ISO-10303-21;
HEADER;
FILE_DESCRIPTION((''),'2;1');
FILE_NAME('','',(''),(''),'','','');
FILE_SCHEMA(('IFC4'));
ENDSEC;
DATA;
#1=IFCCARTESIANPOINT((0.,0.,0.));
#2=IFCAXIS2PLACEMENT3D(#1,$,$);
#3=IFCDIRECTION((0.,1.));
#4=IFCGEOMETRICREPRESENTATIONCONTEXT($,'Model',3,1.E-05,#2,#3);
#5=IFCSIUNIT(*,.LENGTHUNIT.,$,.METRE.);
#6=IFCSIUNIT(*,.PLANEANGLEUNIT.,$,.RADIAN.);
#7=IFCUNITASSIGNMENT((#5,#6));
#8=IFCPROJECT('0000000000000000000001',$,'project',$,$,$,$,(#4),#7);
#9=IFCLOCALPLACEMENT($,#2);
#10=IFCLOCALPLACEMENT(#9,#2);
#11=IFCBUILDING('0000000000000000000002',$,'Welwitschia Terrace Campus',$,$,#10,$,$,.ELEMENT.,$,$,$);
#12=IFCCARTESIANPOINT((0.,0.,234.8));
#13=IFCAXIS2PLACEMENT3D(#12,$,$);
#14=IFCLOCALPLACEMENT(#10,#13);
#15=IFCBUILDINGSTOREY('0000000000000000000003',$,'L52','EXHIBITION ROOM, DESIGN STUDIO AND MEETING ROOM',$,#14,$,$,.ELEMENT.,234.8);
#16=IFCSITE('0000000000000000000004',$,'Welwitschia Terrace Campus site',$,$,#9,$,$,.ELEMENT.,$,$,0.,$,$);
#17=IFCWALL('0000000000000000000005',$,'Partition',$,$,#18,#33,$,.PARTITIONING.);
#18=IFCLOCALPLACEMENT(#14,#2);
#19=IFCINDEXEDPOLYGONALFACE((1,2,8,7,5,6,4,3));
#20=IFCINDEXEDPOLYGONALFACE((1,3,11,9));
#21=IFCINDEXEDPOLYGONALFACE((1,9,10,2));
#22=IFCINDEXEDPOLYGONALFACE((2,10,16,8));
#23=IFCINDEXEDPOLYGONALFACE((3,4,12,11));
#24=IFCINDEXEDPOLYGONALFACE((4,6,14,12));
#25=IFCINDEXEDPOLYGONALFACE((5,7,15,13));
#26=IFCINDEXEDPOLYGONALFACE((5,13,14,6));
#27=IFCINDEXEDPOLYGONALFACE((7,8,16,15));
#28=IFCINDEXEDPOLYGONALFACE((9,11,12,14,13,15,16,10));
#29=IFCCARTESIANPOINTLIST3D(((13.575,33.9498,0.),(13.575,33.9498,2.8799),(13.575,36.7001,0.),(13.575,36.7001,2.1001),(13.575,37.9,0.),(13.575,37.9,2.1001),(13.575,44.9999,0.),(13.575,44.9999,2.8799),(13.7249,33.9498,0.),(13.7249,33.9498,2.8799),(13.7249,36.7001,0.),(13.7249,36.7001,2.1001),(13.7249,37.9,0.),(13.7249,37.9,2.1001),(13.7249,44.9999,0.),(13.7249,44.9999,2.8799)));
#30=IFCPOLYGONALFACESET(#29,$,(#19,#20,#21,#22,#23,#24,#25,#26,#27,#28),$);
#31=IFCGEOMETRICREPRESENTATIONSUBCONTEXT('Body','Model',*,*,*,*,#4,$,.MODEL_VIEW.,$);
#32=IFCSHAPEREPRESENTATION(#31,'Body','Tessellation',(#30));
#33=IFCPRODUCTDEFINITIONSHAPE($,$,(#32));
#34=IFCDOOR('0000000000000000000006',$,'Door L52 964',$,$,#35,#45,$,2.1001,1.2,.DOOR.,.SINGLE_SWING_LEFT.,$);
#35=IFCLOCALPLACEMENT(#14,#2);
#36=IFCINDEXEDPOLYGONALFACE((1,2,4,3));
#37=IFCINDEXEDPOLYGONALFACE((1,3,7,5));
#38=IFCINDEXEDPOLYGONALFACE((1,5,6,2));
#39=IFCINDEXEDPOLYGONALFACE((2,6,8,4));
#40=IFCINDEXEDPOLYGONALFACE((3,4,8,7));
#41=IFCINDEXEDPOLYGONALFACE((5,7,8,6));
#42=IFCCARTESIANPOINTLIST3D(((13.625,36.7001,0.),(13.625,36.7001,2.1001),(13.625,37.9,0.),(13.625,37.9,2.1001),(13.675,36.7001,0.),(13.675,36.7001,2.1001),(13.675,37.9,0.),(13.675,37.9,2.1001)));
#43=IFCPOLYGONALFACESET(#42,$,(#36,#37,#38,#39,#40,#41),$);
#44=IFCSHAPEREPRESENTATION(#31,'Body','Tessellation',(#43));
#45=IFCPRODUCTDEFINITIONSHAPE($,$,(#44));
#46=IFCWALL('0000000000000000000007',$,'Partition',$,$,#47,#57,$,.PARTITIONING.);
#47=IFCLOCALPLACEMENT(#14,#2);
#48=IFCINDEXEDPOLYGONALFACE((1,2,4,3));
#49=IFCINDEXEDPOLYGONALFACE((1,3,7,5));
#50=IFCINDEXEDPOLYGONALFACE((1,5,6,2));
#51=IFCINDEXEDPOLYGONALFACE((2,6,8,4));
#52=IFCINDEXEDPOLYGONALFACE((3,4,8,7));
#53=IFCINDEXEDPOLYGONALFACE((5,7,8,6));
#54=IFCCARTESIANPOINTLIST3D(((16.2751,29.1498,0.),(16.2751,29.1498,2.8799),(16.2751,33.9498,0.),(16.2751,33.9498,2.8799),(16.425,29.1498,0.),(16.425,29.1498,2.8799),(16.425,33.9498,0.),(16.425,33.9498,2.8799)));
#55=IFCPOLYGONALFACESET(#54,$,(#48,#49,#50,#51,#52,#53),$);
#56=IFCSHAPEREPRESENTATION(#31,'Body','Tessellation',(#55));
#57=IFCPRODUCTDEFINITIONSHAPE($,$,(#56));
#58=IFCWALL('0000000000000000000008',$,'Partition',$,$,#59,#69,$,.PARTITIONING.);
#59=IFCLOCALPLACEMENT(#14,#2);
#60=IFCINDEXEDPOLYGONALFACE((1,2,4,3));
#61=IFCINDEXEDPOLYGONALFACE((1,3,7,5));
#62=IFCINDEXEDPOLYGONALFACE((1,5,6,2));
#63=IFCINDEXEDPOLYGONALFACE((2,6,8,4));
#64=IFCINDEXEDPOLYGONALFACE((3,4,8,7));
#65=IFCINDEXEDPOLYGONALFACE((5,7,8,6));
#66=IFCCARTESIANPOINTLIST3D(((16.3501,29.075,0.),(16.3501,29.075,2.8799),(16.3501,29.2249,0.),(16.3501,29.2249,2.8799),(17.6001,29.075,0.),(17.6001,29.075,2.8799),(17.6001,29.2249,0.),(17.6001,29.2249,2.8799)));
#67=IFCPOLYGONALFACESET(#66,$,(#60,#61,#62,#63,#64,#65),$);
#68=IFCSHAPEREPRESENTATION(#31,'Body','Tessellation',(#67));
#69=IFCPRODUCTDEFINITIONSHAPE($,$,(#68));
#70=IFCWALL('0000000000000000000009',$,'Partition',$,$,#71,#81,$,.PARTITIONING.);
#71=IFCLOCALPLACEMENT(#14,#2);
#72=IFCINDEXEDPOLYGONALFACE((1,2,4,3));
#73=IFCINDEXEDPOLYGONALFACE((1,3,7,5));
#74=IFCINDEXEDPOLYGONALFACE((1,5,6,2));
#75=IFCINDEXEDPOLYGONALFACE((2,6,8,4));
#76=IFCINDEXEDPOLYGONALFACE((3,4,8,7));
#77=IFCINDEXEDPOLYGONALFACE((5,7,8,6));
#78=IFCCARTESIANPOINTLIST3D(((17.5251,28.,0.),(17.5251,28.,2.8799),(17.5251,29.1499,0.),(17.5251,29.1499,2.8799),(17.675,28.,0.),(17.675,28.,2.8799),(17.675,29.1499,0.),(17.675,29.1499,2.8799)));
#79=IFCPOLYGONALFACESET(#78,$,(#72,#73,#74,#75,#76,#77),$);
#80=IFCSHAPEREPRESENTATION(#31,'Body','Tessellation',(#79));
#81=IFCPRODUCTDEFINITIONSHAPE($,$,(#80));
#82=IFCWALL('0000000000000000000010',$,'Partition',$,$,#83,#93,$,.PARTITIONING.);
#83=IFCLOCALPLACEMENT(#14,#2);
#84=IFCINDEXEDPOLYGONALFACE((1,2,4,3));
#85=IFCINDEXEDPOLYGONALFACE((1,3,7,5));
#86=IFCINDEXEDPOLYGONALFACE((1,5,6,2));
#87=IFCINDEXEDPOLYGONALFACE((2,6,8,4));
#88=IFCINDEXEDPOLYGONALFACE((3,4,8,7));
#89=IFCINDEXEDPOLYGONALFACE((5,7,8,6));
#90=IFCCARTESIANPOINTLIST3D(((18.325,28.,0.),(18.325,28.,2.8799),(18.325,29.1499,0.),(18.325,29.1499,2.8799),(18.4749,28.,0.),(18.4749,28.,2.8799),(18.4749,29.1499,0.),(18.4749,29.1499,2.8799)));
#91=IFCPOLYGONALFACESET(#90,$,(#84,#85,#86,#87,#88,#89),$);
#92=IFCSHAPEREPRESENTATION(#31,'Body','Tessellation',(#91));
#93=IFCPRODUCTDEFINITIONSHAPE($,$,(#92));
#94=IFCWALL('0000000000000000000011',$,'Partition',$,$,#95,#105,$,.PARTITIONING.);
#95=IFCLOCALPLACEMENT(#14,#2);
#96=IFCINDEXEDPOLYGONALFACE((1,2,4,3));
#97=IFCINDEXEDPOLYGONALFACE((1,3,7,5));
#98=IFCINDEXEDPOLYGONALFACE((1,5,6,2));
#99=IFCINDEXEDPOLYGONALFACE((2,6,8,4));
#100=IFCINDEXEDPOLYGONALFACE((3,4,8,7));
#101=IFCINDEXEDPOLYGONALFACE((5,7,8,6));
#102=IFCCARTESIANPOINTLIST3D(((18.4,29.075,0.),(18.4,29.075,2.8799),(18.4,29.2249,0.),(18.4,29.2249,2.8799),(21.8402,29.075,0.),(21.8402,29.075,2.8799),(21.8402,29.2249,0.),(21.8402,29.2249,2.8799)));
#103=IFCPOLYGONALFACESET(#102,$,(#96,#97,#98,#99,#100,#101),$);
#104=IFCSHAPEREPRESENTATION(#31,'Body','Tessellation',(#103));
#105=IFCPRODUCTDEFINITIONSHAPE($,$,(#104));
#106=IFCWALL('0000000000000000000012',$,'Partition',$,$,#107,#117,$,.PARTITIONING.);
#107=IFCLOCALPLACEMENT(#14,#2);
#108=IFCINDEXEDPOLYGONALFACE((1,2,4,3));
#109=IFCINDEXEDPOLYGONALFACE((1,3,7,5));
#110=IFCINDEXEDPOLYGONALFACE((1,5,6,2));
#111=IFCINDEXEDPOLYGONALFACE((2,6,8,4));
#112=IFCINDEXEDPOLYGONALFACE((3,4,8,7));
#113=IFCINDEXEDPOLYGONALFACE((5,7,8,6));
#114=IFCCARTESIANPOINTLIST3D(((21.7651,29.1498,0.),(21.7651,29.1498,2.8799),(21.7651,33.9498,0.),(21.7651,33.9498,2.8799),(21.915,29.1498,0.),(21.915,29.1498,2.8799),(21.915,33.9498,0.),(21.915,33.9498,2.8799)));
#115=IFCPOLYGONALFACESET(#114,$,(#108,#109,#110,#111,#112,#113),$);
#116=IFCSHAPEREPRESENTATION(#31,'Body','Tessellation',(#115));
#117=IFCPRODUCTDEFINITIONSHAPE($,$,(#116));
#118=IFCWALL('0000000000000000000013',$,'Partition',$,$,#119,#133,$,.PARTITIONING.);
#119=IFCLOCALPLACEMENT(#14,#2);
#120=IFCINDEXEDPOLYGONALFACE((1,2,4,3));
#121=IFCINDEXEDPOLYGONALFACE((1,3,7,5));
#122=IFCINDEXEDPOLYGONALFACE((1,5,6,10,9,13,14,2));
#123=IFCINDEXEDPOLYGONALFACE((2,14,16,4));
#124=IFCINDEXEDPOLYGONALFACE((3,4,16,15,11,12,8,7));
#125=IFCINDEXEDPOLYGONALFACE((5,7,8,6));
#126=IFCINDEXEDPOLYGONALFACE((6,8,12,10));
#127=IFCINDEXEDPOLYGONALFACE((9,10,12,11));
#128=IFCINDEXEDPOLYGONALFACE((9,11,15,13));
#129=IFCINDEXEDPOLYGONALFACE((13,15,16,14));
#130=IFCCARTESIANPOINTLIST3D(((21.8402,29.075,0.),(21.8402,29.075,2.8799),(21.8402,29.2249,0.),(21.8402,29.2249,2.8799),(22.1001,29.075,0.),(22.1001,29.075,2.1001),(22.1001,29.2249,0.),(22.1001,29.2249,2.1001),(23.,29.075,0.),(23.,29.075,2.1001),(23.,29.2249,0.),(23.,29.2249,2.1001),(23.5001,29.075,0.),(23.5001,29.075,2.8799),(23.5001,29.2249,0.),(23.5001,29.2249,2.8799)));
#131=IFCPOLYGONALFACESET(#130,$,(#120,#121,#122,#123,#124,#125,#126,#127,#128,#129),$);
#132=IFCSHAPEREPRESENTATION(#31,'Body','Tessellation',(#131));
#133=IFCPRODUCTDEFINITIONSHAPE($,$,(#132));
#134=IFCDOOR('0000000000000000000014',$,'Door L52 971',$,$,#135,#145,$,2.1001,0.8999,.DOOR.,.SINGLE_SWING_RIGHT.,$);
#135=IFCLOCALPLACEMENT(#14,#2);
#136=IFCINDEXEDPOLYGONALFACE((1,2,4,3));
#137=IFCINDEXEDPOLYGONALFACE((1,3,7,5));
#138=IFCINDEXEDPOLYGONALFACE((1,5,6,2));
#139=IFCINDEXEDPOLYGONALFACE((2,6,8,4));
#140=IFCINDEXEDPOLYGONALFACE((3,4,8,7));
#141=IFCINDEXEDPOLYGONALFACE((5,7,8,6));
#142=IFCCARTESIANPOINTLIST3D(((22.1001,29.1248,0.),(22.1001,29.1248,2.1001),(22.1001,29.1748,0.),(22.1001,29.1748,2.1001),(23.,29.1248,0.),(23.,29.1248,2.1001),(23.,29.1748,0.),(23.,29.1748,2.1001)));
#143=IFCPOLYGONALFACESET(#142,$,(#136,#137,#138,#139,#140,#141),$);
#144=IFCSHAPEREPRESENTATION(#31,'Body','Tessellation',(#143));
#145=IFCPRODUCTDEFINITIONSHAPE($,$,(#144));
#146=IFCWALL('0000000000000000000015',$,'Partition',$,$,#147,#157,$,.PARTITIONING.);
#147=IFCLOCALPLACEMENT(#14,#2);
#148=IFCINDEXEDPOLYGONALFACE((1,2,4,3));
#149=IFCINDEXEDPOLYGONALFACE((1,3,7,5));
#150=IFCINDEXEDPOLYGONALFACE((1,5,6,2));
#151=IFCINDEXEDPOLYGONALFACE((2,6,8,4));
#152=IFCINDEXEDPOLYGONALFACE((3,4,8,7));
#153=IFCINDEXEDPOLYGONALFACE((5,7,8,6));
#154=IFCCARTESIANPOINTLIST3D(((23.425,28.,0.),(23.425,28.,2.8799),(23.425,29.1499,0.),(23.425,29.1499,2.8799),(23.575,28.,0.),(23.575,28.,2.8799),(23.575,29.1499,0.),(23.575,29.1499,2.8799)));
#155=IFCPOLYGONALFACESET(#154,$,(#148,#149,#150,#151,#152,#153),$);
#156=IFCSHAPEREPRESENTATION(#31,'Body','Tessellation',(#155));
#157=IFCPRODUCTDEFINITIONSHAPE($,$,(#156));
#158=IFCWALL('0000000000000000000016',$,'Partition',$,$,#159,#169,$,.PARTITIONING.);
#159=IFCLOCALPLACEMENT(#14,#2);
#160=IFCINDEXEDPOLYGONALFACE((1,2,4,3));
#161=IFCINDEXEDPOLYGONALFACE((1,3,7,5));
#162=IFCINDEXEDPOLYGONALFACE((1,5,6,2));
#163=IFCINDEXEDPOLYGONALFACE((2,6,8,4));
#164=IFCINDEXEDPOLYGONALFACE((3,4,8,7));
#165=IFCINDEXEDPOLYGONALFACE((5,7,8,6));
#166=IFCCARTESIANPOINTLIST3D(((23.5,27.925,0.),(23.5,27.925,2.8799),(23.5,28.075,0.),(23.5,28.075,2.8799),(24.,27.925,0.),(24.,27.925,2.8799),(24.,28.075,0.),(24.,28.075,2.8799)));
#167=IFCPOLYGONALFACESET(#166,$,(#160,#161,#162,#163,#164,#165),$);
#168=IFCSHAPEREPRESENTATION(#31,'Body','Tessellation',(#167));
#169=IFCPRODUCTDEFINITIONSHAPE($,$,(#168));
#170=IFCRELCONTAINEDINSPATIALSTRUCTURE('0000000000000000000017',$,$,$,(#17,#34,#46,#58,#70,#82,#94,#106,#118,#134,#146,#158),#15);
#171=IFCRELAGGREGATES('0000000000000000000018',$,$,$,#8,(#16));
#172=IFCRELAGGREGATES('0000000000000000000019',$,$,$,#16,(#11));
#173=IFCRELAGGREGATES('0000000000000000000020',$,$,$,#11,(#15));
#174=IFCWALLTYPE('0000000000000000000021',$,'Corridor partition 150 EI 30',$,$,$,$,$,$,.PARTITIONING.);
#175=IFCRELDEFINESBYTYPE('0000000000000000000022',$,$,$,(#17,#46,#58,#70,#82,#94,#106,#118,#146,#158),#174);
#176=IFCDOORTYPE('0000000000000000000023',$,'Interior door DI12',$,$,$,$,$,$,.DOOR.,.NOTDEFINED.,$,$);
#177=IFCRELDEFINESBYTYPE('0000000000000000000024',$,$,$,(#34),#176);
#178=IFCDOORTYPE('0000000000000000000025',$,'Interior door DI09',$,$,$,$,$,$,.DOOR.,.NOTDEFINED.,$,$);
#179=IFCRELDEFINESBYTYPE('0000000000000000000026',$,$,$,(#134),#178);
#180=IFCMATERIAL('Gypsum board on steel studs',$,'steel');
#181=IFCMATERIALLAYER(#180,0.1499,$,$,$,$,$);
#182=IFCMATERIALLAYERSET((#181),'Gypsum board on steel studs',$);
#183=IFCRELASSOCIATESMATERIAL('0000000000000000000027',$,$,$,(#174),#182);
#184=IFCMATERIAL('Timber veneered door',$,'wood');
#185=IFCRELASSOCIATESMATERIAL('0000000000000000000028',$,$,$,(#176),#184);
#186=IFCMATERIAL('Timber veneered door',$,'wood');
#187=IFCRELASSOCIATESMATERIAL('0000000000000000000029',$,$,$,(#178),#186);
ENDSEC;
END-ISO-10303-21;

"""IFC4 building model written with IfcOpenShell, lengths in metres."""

from ifc_helpers import new_model, si_unit, direction, frame, frame_2d, origin, place, context, subcontext, project, spatial, rectangle, extrude, material, layer, layer_set, type_object, element, fill, save


model = new_model("IFC4")

# Units and contexts
model_context = context("Model", 3, precision=1e-05, world=origin(), true_north=direction((0.0, 1.0)))
body_context = subcontext(model_context, "Body", "Model", "MODEL_VIEW")
ifc_project = project(units=[si_unit("LENGTHUNIT", "METRE"), si_unit("PLANEANGLEUNIT", "RADIAN")], contexts=[model_context])

# Site, building, storey
site_placement = place(None, origin())
site = spatial("IfcSite", under=ifc_project, at=site_placement, Name="Welwitschia Terrace Campus site", CompositionType="ELEMENT", RefElevation=0.0)
building_placement = place(site_placement, origin())
building = spatial("IfcBuilding", under=site, at=building_placement, Name="Welwitschia Terrace Campus", CompositionType="ELEMENT")
storey_placement = place(building_placement, frame((0.0, 0.0, 234.8)))
storey = spatial("IfcBuildingStorey", under=building, at=storey_placement, Name="L52", Description="EXHIBITION ROOM, DESIGN STUDIO AND MEETING ROOM", CompositionType="ELEMENT", Elevation=234.8)

# Wall, opening, door
ifc_material_1 = material(Name="Gypsum board on steel studs", Category="steel")
ifc_layer_1 = layer(ifc_material_1, 0.1499)
ifc_layer_set_1 = layer_set([ifc_layer_1], Name="Gypsum board on steel studs")
wall_type = type_object("IfcWallType", Name="Corridor partition 150 EI 30", PredefinedType="PARTITIONING", material=ifc_layer_set_1)
wall_1_placement = place(storey_placement, frame((13.6499, 33.95, 0.0), z_axis=(0.0, 0.0, 1.0), x_axis=(0.0, 1.0, 0.0)))
wall_1 = element("IfcWall", 1, at=wall_1_placement, inside=storey, type_object=wall_type, Name="Partition", PredefinedType="PARTITIONING", context=body_context, shape_type="SweptSolid", body=[
    extrude(rectangle(XDim=11.05, YDim=0.1499, at=frame_2d((5.5249, 0.0))), origin(), (0.0, 0.0, 1.0), 2.8799),
])
opening_1_placement = place(wall_1_placement, frame((2.75, 0.0, 0.0)))
opening_1 = element("IfcOpeningElement", 2, at=opening_1_placement, cuts=wall_1, PredefinedType="OPENING", context=body_context, shape_type="SweptSolid", body=[
    extrude(rectangle(XDim=1.2, YDim=2.1001, at=frame_2d((0.6001, 1.05))), frame((0.0, 0.085, 0.0), z_axis=(0.0, -1.0, 0.0), x_axis=(1.0, 0.0, 0.0)), (0.0, 0.0, 1.0), 0.1699),
])
ifc_material_2 = material(Name="Timber veneered door", Category="wood")
door_type_1 = type_object("IfcDoorType", Name="Interior door DI12", OperationType="NOTDEFINED", PredefinedType="DOOR", material=ifc_material_2)
door_1_placement = place(opening_1_placement, origin())
door_1 = element("IfcDoor", 3, at=door_1_placement, inside=storey, type_object=door_type_1, Name="Door L52 964", OperationType="SINGLE_SWING_LEFT", OverallHeight=2.1001, OverallWidth=1.2, PredefinedType="DOOR", context=body_context, shape_type="SweptSolid", body=[
    extrude(rectangle(XDim=1.2, YDim=2.1001, at=frame_2d((0.6001, 1.05))), frame((0.0, 0.0249, 0.0), z_axis=(0.0, -1.0, 0.0), x_axis=(1.0, 0.0, 0.0)), (0.0, 0.0, 1.0), 0.05),
])
fill(opening_1, door_1)

# Walls
wall_2_placement = place(storey_placement, frame((16.3501, 29.1499, 0.0), z_axis=(0.0, 0.0, 1.0), x_axis=(0.0, 1.0, 0.0)))
element("IfcWall", 4, at=wall_2_placement, inside=storey, type_object=wall_type, Name="Partition", PredefinedType="PARTITIONING", context=body_context, shape_type="SweptSolid", body=[
    extrude(rectangle(XDim=4.8, YDim=0.1499, at=frame_2d((2.3999, 0.0))), origin(), (0.0, 0.0, 1.0), 2.8799),
])
wall_3_placement = place(storey_placement, frame((16.3501, 29.1499, 0.0), z_axis=(0.0, 0.0, 1.0), x_axis=(1.0, 0.0, 0.0)))
element("IfcWall", 5, at=wall_3_placement, inside=storey, type_object=wall_type, Name="Partition", PredefinedType="PARTITIONING", context=body_context, shape_type="SweptSolid", body=[
    extrude(rectangle(XDim=1.25, YDim=0.1499, at=frame_2d((0.625, 0.0))), origin(), (0.0, 0.0, 1.0), 2.8799),
])
for number, where, z_axis, x_axis, name in (
    (6, (17.6001, 28.0, 0.0), (0.0, 0.0, 1.0), (0.0, 1.0, 0.0), "Partition"),
    (7, (18.3999, 28.0, 0.0), (0.0, 0.0, 1.0), (0.0, 1.0, 0.0), "Partition"),
):
    element("IfcWall", number, at=place(storey_placement, frame(where, z_axis=z_axis, x_axis=x_axis)), inside=storey, type_object=wall_type, Name=name, PredefinedType="PARTITIONING", context=body_context, shape_type="SweptSolid", body=[
        extrude(rectangle(XDim=1.1499, YDim=0.1499, at=frame_2d((0.575, 0.0))), origin(), (0.0, 0.0, 1.0), 2.8799),
    ])
wall_4_placement = place(storey_placement, frame((18.3999, 29.1499, 0.0), z_axis=(0.0, 0.0, 1.0), x_axis=(1.0, 0.0, 0.0)))
element("IfcWall", 8, at=wall_4_placement, inside=storey, type_object=wall_type, Name="Partition", PredefinedType="PARTITIONING", context=body_context, shape_type="SweptSolid", body=[
    extrude(rectangle(XDim=3.4402, YDim=0.1499, at=frame_2d((1.7202, 0.0))), origin(), (0.0, 0.0, 1.0), 2.8799),
])
wall_5_placement = place(storey_placement, frame((21.8401, 29.1499, 0.0), z_axis=(0.0, 0.0, 1.0), x_axis=(0.0, 1.0, 0.0)))
element("IfcWall", 9, at=wall_5_placement, inside=storey, type_object=wall_type, Name="Partition", PredefinedType="PARTITIONING", context=body_context, shape_type="SweptSolid", body=[
    extrude(rectangle(XDim=4.8, YDim=0.1499, at=frame_2d((2.3999, 0.0))), origin(), (0.0, 0.0, 1.0), 2.8799),
])

# Wall, opening, door
wall_6_placement = place(storey_placement, frame((21.8401, 29.1499, 0.0), z_axis=(0.0, 0.0, 1.0), x_axis=(1.0, 0.0, 0.0)))
wall_6 = element("IfcWall", 10, at=wall_6_placement, inside=storey, type_object=wall_type, Name="Partition", PredefinedType="PARTITIONING", context=body_context, shape_type="SweptSolid", body=[
    extrude(rectangle(XDim=1.6599, YDim=0.1499, at=frame_2d((0.8301, 0.0))), origin(), (0.0, 0.0, 1.0), 2.8799),
])
opening_2_placement = place(wall_6_placement, frame((0.26, 0.0, 0.0)))
opening_2 = element("IfcOpeningElement", 11, at=opening_2_placement, cuts=wall_6, PredefinedType="OPENING", context=body_context, shape_type="SweptSolid", body=[
    extrude(rectangle(XDim=0.8999, YDim=2.1001, at=frame_2d((0.45, 1.05))), frame((0.0, 0.085, 0.0), z_axis=(0.0, -1.0, 0.0), x_axis=(1.0, 0.0, 0.0)), (0.0, 0.0, 1.0), 0.1699),
])
ifc_material_3 = material(Name="Timber veneered door", Category="wood")
door_type_2 = type_object("IfcDoorType", Name="Interior door DI09", OperationType="NOTDEFINED", PredefinedType="DOOR", material=ifc_material_3)
door_2_placement = place(opening_2_placement, origin())
door_2 = element("IfcDoor", 12, at=door_2_placement, inside=storey, type_object=door_type_2, Name="Door L52 971", OperationType="SINGLE_SWING_RIGHT", OverallHeight=2.1001, OverallWidth=0.8999, PredefinedType="DOOR", context=body_context, shape_type="SweptSolid", body=[
    extrude(rectangle(XDim=0.8999, YDim=2.1001, at=frame_2d((0.45, 1.05))), frame((0.0, 0.0249, 0.0), z_axis=(0.0, -1.0, 0.0), x_axis=(1.0, 0.0, 0.0)), (0.0, 0.0, 1.0), 0.05),
])
fill(opening_2, door_2)

# Walls
wall_7_placement = place(storey_placement, frame((23.5, 28.0, 0.0), z_axis=(0.0, 0.0, 1.0), x_axis=(0.0, 1.0, 0.0)))
element("IfcWall", 13, at=wall_7_placement, inside=storey, type_object=wall_type, Name="Partition", PredefinedType="PARTITIONING", context=body_context, shape_type="SweptSolid", body=[
    extrude(rectangle(XDim=1.1499, YDim=0.1499, at=frame_2d((0.575, 0.0))), origin(), (0.0, 0.0, 1.0), 2.8799),
])
wall_8_placement = place(storey_placement, frame((23.5, 28.0, 0.0), z_axis=(0.0, 0.0, 1.0), x_axis=(1.0, 0.0, 0.0)))
element("IfcWall", 14, at=wall_8_placement, inside=storey, type_object=wall_type, Name="Partition", PredefinedType="PARTITIONING", context=body_context, shape_type="SweptSolid", body=[
    extrude(rectangle(XDim=0.5, YDim=0.1499, at=frame_2d((0.25, 0.0))), origin(), (0.0, 0.0, 1.0), 2.8799),
])

save(model, "model.ifc")
